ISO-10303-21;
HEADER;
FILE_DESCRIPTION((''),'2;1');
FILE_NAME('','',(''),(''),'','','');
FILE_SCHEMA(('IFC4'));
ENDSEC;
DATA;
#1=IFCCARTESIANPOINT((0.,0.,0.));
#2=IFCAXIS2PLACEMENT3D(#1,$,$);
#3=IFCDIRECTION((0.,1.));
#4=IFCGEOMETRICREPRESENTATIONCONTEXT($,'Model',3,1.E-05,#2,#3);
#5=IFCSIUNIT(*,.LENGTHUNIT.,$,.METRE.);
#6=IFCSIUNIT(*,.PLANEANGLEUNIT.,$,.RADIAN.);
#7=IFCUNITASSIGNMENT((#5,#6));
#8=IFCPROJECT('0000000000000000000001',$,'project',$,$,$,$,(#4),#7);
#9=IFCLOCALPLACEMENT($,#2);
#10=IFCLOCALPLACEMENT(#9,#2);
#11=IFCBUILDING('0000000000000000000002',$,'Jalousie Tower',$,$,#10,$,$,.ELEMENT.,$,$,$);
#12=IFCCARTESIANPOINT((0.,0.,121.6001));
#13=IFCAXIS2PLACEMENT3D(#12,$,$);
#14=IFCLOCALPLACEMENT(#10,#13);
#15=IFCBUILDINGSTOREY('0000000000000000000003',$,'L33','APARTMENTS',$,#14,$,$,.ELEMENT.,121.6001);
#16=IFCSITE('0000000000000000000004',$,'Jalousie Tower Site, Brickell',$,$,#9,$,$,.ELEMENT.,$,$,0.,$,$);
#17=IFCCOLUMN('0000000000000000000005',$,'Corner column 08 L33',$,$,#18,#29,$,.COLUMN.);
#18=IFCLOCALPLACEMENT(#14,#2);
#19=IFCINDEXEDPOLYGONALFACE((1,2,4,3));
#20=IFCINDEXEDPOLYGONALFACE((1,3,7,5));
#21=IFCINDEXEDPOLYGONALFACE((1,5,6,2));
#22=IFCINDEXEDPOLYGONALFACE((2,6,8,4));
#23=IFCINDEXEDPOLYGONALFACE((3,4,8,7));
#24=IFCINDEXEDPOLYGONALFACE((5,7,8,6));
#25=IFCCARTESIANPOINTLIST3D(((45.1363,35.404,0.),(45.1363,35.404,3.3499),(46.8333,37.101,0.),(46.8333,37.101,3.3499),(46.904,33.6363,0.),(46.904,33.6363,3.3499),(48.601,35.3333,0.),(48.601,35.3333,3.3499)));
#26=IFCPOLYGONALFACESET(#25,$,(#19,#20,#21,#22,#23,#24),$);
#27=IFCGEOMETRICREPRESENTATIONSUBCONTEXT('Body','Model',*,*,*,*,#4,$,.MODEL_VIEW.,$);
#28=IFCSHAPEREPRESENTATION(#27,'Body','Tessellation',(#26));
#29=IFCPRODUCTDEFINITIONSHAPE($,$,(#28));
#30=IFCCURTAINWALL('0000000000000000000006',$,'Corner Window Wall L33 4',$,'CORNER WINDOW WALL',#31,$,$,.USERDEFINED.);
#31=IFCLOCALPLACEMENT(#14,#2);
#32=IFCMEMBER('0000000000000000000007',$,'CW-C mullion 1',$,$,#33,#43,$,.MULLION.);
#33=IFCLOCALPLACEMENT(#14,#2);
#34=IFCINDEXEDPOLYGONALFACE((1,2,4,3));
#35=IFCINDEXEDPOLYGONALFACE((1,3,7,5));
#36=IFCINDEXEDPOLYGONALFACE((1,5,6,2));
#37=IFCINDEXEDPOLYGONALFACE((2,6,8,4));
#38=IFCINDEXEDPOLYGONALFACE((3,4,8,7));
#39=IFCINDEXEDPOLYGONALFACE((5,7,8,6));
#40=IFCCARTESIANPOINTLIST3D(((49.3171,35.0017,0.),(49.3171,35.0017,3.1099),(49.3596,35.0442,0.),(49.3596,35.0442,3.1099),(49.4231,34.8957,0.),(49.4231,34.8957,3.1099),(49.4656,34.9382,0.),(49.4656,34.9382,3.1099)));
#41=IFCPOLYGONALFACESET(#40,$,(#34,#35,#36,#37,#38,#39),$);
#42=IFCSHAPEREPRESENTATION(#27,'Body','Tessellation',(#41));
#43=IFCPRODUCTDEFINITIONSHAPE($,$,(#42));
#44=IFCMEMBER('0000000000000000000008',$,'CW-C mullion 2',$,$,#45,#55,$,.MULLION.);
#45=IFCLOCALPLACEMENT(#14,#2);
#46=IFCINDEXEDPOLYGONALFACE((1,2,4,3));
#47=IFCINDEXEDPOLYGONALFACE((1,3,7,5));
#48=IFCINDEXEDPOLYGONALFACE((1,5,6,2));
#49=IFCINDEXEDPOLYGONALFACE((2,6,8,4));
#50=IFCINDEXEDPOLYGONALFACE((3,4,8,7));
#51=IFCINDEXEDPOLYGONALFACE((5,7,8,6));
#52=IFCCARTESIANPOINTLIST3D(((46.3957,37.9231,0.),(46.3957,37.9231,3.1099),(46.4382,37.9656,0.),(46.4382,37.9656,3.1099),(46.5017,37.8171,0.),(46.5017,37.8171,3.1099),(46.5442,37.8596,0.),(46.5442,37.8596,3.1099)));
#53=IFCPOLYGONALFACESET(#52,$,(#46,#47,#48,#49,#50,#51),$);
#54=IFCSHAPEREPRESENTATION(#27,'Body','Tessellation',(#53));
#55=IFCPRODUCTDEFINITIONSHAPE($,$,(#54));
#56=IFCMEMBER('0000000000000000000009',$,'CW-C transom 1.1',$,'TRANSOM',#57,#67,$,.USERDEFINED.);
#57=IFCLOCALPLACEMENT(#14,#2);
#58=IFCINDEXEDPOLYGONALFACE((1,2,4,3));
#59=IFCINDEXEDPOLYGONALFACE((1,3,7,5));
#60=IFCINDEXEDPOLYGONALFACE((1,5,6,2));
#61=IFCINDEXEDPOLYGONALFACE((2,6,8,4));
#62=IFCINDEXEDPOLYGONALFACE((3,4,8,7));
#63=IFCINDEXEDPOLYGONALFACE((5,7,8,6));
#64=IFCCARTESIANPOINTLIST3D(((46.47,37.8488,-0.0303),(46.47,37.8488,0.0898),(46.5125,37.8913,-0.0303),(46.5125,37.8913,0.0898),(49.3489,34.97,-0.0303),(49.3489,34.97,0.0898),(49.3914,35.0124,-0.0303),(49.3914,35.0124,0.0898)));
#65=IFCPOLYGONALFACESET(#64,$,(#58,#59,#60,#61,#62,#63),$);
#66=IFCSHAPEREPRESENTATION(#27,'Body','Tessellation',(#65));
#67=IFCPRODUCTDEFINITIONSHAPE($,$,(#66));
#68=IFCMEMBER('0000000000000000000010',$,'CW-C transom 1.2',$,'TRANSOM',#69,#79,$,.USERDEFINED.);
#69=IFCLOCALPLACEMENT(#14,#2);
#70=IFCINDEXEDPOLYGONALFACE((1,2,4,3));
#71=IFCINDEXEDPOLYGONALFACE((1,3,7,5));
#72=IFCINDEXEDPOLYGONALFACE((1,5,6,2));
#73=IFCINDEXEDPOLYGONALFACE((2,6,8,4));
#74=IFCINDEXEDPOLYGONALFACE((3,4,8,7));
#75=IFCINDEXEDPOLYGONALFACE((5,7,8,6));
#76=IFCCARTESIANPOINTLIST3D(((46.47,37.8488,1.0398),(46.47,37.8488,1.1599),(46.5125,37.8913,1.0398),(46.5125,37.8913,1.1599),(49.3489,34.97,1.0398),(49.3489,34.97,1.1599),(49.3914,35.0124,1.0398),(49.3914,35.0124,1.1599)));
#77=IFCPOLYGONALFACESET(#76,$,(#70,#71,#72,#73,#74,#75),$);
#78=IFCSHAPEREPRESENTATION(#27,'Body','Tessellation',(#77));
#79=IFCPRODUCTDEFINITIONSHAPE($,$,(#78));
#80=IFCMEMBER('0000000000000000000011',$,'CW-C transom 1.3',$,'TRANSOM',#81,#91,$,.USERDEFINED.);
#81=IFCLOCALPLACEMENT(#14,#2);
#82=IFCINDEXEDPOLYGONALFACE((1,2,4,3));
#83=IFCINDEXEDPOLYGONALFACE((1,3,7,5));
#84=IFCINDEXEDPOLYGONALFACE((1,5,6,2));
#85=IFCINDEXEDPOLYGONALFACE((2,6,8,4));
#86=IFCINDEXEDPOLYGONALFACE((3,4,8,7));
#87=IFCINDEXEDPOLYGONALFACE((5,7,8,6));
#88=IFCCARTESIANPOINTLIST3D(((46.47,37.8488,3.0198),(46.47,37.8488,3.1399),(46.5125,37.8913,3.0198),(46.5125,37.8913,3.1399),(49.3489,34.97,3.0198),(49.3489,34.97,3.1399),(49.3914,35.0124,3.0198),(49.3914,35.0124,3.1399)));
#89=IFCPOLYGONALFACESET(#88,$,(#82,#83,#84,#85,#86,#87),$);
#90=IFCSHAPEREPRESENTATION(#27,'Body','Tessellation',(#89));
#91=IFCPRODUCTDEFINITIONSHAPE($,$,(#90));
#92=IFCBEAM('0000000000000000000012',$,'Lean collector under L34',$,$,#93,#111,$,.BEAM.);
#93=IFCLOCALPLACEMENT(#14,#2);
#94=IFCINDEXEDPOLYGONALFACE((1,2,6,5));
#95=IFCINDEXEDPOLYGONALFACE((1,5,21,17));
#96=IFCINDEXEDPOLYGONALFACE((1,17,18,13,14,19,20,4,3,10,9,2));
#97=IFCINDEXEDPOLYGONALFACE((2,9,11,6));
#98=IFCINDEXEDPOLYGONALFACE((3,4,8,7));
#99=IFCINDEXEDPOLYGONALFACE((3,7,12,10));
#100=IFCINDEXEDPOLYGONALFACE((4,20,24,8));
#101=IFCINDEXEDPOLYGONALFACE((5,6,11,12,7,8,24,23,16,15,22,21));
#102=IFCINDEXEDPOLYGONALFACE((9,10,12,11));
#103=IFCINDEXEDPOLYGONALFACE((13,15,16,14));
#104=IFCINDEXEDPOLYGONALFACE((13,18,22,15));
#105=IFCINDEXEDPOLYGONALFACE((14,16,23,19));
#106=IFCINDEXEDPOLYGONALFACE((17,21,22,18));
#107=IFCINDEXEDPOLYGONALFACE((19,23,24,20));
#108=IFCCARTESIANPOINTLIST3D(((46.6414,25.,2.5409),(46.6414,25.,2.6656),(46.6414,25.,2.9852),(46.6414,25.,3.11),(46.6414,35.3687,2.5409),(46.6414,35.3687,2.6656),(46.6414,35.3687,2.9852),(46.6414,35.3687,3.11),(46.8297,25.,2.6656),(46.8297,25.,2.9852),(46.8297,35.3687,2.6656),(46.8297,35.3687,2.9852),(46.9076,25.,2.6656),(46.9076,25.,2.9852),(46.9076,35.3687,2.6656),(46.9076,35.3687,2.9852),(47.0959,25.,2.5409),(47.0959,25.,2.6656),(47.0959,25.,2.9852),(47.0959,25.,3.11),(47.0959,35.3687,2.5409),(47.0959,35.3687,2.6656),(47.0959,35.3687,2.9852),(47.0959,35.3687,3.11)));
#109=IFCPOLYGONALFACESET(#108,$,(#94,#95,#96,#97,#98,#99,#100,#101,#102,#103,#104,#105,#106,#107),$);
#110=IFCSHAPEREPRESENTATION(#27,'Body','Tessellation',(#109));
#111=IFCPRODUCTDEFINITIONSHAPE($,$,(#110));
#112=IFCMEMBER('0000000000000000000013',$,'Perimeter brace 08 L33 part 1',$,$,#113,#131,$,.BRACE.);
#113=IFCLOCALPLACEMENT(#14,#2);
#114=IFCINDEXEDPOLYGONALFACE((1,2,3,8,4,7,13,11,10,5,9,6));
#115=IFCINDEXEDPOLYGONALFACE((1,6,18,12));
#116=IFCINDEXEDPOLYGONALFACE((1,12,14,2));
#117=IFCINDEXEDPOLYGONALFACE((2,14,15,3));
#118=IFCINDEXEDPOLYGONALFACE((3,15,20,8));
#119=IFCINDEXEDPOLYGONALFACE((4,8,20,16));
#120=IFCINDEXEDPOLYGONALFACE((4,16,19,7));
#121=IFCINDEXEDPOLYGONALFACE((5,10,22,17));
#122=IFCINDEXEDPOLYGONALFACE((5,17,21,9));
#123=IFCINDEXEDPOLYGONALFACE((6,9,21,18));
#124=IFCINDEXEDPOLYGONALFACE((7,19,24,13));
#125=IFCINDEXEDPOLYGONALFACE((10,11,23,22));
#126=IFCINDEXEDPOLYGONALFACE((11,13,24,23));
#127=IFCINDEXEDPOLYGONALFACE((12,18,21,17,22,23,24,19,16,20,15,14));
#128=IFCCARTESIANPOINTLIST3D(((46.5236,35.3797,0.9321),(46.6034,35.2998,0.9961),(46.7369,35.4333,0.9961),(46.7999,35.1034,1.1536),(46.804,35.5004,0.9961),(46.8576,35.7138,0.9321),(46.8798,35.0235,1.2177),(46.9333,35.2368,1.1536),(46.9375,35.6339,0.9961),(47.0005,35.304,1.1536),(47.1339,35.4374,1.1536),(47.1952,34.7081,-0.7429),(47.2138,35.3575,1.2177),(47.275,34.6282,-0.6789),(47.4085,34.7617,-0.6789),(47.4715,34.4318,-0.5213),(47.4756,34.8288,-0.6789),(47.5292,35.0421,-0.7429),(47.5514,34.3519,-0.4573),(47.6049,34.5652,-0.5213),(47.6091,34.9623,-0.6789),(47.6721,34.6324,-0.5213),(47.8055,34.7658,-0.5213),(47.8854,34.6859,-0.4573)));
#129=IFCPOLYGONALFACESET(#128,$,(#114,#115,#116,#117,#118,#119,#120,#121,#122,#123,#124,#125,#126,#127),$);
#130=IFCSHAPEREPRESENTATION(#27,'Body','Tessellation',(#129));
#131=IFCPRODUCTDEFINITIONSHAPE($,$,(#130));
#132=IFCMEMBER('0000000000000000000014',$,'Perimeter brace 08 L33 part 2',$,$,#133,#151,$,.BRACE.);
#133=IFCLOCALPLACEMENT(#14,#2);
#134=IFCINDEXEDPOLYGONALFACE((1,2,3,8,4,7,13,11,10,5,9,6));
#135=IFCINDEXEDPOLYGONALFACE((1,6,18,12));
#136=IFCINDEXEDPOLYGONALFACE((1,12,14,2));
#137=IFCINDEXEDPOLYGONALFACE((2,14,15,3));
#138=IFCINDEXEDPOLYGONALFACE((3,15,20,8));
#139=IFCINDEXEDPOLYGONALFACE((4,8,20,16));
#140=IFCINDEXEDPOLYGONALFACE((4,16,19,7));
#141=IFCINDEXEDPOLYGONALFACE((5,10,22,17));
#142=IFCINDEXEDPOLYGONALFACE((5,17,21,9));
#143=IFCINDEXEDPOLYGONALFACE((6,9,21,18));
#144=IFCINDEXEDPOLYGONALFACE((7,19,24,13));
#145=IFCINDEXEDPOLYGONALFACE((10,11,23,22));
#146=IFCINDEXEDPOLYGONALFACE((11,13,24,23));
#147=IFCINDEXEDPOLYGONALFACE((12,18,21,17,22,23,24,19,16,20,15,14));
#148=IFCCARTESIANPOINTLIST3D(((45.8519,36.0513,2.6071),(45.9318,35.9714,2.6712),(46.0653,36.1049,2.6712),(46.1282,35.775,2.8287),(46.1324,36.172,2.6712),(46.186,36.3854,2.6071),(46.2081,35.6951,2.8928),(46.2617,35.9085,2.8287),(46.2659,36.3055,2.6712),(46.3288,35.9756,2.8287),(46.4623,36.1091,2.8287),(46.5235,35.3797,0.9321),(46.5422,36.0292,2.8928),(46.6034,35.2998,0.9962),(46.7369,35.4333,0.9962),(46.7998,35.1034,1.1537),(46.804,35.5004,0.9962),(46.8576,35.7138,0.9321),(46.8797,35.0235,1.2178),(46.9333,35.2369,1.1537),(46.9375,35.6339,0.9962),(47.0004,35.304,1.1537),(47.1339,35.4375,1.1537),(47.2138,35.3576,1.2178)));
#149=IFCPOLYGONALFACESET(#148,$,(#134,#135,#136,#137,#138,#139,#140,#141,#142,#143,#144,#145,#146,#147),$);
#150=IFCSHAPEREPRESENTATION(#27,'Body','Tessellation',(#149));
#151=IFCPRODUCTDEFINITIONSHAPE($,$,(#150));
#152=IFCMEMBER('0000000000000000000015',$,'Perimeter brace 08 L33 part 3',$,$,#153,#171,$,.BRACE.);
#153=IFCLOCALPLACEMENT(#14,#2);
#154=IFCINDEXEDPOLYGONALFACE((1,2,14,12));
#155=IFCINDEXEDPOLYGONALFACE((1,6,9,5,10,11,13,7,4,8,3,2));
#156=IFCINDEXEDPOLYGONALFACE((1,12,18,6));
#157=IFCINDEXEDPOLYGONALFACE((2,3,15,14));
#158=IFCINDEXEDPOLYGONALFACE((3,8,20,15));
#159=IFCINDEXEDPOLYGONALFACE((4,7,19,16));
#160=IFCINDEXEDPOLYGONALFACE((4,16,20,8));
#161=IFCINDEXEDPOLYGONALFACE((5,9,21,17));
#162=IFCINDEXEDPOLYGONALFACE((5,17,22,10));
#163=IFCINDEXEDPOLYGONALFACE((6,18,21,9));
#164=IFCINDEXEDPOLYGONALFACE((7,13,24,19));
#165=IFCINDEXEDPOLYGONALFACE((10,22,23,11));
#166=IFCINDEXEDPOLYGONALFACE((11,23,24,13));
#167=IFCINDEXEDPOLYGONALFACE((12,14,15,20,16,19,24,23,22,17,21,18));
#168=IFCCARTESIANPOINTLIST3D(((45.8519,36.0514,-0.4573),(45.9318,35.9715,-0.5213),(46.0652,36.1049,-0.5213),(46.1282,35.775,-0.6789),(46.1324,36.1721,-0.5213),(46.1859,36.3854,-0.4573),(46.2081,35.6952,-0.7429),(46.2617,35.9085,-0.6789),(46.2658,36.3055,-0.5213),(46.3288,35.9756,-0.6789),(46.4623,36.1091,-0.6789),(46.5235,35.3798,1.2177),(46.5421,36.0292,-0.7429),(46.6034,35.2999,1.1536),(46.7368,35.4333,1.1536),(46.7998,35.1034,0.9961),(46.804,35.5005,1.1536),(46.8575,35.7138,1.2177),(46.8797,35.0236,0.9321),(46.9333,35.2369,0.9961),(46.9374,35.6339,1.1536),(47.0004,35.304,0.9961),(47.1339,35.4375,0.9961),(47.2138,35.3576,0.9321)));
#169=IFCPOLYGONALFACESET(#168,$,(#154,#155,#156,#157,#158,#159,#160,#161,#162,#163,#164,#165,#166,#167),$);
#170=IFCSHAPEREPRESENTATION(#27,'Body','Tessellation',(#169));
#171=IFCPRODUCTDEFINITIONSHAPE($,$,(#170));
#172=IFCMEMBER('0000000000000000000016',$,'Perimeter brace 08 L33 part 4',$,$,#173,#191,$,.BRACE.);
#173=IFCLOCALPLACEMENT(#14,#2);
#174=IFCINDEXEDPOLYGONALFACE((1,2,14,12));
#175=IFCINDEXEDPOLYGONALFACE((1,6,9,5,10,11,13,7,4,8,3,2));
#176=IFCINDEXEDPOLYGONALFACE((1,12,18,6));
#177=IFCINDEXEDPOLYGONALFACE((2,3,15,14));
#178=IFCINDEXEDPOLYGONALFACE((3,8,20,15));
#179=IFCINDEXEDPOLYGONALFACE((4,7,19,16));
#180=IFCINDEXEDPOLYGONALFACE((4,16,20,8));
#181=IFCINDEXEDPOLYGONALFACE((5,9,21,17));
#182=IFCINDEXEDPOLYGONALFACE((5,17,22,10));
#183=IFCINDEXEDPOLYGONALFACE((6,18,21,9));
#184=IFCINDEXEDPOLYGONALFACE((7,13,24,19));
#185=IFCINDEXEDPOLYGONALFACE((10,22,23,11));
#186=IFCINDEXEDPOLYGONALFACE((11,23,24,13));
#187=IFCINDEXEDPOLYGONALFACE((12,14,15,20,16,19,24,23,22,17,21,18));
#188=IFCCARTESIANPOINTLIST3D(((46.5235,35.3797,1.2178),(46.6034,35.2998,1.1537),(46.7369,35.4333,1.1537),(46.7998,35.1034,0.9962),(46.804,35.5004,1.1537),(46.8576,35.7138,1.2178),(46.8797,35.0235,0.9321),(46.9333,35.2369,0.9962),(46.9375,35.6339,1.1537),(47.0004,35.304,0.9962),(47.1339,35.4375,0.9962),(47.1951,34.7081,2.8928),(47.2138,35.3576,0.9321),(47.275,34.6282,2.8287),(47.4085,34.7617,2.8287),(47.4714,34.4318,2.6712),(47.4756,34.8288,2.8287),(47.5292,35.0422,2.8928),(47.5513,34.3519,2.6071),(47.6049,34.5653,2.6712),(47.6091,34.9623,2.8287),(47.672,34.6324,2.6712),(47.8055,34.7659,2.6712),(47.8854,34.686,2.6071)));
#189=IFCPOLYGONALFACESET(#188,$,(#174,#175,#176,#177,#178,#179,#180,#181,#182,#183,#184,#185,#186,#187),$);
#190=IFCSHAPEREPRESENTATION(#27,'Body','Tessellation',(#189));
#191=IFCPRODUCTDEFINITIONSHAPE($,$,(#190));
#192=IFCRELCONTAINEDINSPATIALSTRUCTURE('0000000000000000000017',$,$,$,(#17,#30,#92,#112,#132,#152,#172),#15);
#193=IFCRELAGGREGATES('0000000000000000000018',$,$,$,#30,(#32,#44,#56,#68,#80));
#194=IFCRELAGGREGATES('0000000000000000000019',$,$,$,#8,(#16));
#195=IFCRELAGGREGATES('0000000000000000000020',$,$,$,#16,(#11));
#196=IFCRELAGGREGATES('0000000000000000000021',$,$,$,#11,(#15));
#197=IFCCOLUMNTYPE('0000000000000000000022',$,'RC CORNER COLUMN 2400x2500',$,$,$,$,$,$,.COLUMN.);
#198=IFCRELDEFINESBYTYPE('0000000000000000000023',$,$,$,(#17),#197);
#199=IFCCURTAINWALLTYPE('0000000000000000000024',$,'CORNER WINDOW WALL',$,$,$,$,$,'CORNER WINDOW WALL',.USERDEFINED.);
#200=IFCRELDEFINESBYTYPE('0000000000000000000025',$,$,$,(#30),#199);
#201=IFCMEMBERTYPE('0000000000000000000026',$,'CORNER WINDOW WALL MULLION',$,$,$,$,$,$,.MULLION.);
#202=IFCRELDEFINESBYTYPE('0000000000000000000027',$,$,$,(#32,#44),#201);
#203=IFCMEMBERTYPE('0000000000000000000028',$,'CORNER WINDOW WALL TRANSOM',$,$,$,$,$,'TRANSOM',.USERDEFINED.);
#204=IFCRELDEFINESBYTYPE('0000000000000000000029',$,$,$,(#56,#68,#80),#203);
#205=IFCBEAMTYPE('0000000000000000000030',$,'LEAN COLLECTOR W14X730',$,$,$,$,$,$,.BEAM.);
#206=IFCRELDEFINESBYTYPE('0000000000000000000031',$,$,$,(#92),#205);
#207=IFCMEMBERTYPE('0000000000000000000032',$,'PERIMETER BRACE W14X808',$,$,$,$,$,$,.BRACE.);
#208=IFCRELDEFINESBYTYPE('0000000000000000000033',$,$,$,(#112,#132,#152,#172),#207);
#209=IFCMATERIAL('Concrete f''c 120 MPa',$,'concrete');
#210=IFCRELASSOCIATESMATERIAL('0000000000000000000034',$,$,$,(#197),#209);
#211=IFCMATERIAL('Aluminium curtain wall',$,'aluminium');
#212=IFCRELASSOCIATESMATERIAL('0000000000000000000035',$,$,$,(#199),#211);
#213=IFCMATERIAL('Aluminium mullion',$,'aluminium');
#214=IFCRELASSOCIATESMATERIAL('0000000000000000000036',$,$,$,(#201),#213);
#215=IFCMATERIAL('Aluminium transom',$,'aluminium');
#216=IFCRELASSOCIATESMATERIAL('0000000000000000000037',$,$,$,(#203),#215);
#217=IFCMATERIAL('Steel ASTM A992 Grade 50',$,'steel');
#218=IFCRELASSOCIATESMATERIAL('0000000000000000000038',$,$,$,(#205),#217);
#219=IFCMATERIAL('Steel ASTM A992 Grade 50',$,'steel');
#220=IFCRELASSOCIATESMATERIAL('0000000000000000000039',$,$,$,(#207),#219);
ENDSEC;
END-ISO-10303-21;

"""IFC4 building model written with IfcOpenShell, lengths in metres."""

from ifc_helpers import new_model, si_unit, direction, frame, origin, origin_2d, place, context, subcontext, project, spatial, rectangle, i_section, extrude, material, material_profile, profile_set, type_object, element, aggregate, save


model = new_model("IFC4")

# Units and contexts
model_context = context("Model", 3, precision=1e-05, world=origin(), true_north=direction((0.0, 1.0)))
body_context = subcontext(model_context, "Body", "Model", "MODEL_VIEW")
ifc_project = project(units=[si_unit("LENGTHUNIT", "METRE"), si_unit("PLANEANGLEUNIT", "RADIAN")], contexts=[model_context])

# Site, building, storey
site_placement = place(None, origin())
site = spatial("IfcSite", under=ifc_project, at=site_placement, Name="Jalousie Tower Site, Brickell", CompositionType="ELEMENT", RefElevation=0.0)
building_placement = place(site_placement, origin())
building = spatial("IfcBuilding", under=site, at=building_placement, Name="Jalousie Tower", CompositionType="ELEMENT")
storey_placement = place(building_placement, frame((0.0, 0.0, 121.6001)))
storey = spatial("IfcBuildingStorey", under=building, at=storey_placement, Name="L33", Description="APARTMENTS", CompositionType="ELEMENT", Elevation=121.6001)

# Column
ifc_material_1 = material(Name="Concrete f'c 120 MPa", Category="concrete")
ifc_material_profile_1 = material_profile(ifc_material_1, rectangle(XDim=2.3999, YDim=2.5, at=origin_2d()), Name="RC 2400x2500")
ifc_profile_set_1 = profile_set([ifc_material_profile_1], Name="Concrete f'c 120 MPa")
column_type = type_object("IfcColumnType", Name="RC CORNER COLUMN 2400x2500", PredefinedType="COLUMN", material=ifc_profile_set_1)
column_placement = place(storey_placement, frame((46.8687, 35.3687, 0.0), z_axis=(0.0, 0.0, 1.0), x_axis=(-0.707107, -0.707107, 0.0)))
element("IfcColumn", 1, at=column_placement, inside=storey, type_object=column_type, Name="Corner column 08 L33", PredefinedType="COLUMN", context=body_context, shape_type="SweptSolid", body=[
    extrude(rectangle(XDim=2.3999, YDim=2.5, at=origin_2d()), origin(), (0.0, 0.0, 1.0), 3.3499),
])

# Curtain wall, members
ifc_material_2 = material(Name="Aluminium curtain wall", Category="aluminium")
curtain_wall_type_1 = type_object("IfcCurtainWallType", Name="CORNER WINDOW WALL", ElementType="CORNER WINDOW WALL", PredefinedType="USERDEFINED", material=ifc_material_2)
curtain_wall_1_placement = place(storey_placement, origin())
curtain_wall_1 = element("IfcCurtainWall", 2, at=curtain_wall_1_placement, inside=storey, type_object=curtain_wall_type_1, Name="Corner Window Wall L33 4", ObjectType="CORNER WINDOW WALL", PredefinedType="USERDEFINED")
ifc_material_3 = material(Name="Aluminium mullion", Category="aluminium")
ifc_material_profile_2 = material_profile(ifc_material_3, rectangle(XDim=0.0601, YDim=0.1499, at=origin_2d()), Name="MULLION 60x150")
ifc_profile_set_2 = profile_set([ifc_material_profile_2], Name="Aluminium mullion")
member_type_1 = type_object("IfcMemberType", Name="CORNER WINDOW WALL MULLION", PredefinedType="MULLION", material=ifc_profile_set_2)
member_1_placement = place(storey_placement, frame((49.3914, 34.97, 0.0), z_axis=(0.0, 0.0, 1.0), x_axis=(-0.707107, -0.707107, 0.0)))
member_1 = element("IfcMember", 3, at=member_1_placement, type_object=member_type_1, Name="CW-C mullion 1", PredefinedType="MULLION", context=body_context, shape_type="SweptSolid", body=[
    extrude(rectangle(XDim=0.0601, YDim=0.1499, at=origin_2d()), origin(), (0.0, 0.0, 1.0), 3.1099),
])
member_2_placement = place(storey_placement, frame((46.47, 37.8914, 0.0), z_axis=(0.0, 0.0, 1.0), x_axis=(-0.707107, -0.707107, 0.0)))
member_2 = element("IfcMember", 4, at=member_2_placement, type_object=member_type_1, Name="CW-C mullion 2", PredefinedType="MULLION", context=body_context, shape_type="SweptSolid", body=[
    extrude(rectangle(XDim=0.0601, YDim=0.1499, at=origin_2d()), origin(), (0.0, 0.0, 1.0), 3.1099),
])
ifc_material_4 = material(Name="Aluminium transom", Category="aluminium")
ifc_material_profile_3 = material_profile(ifc_material_4, rectangle(XDim=0.0601, YDim=0.1201, at=origin_2d()), Name="TRANSOM 60x120")
ifc_profile_set_3 = profile_set([ifc_material_profile_3], Name="Aluminium transom")
member_type_2 = type_object("IfcMemberType", Name="CORNER WINDOW WALL TRANSOM", ElementType="TRANSOM", PredefinedType="USERDEFINED", material=ifc_profile_set_3)
member_3_placement = place(storey_placement, frame((49.3701, 34.9912, 0.0298), z_axis=(-0.707107, 0.707107, 0.0), x_axis=(-0.707107, -0.707107, 0.0)))
member_3 = element("IfcMember", 5, at=member_3_placement, type_object=member_type_2, Name="CW-C transom 1.1", ObjectType="TRANSOM", PredefinedType="USERDEFINED", context=body_context, shape_type="SweptSolid", body=[
    extrude(rectangle(XDim=0.0601, YDim=0.1201, at=origin_2d()), origin(), (0.0, 0.0, 1.0), 4.0713),
])
member_4_placement = place(storey_placement, frame((49.3701, 34.9912, 1.0999), z_axis=(-0.707107, 0.707107, 0.0), x_axis=(-0.707107, -0.707107, 0.0)))
member_4 = element("IfcMember", 6, at=member_4_placement, type_object=member_type_2, Name="CW-C transom 1.2", ObjectType="TRANSOM", PredefinedType="USERDEFINED", context=body_context, shape_type="SweptSolid", body=[
    extrude(rectangle(XDim=0.0601, YDim=0.1201, at=origin_2d()), origin(), (0.0, 0.0, 1.0), 4.0713),
])
member_5_placement = place(storey_placement, frame((49.3701, 34.9912, 3.0798), z_axis=(-0.707107, 0.707107, 0.0), x_axis=(-0.707107, -0.707107, 0.0)))
member_5 = element("IfcMember", 7, at=member_5_placement, type_object=member_type_2, Name="CW-C transom 1.3", ObjectType="TRANSOM", PredefinedType="USERDEFINED", context=body_context, shape_type="SweptSolid", body=[
    extrude(rectangle(XDim=0.0601, YDim=0.1201, at=origin_2d()), origin(), (0.0, 0.0, 1.0), 4.0713),
])

# Beam
ifc_material_5 = material(Name="Steel ASTM A992 Grade 50", Category="steel")
ifc_material_profile_4 = material_profile(ifc_material_5, i_section(OverallWidth=0.4546, OverallDepth=0.5691, WebThickness=0.0779, FlangeThickness=0.1248, at=origin_2d()), Name="W14X730")
ifc_profile_set_4 = profile_set([ifc_material_profile_4], Name="Steel ASTM A992 Grade 50")
beam_type_1 = type_object("IfcBeamType", Name="LEAN COLLECTOR W14X730", PredefinedType="BEAM", material=ifc_profile_set_4)
beam_1_placement = place(storey_placement, frame((46.8687, 35.3687, 2.8254), z_axis=(0.0, -1.0, 0.0), x_axis=(1.0, 0.0, 0.0)))
element("IfcBeam", 8, at=beam_1_placement, inside=storey, type_object=beam_type_1, Name="Lean collector under L34", PredefinedType="BEAM", context=body_context, shape_type="SweptSolid", body=[
    extrude(i_section(OverallWidth=0.4546, OverallDepth=0.5691, WebThickness=0.0779, FlangeThickness=0.1248, at=origin_2d()), origin(), (0.0, 0.0, 1.0), 10.3687),
])

# Members
ifc_material_6 = material(Name="Steel ASTM A992 Grade 50", Category="steel")
ifc_material_profile_5 = material_profile(ifc_material_6, i_section(OverallWidth=0.4724, OverallDepth=0.5791, WebThickness=0.095, FlangeThickness=0.1299, at=origin_2d()), Name="W14X808")
ifc_profile_set_5 = profile_set([ifc_material_profile_5], Name="Steel ASTM A992 Grade 50")
member_type_3 = type_object("IfcMemberType", Name="PERIMETER BRACE W14X808", PredefinedType="BRACE", material=ifc_profile_set_5)
for number, where, z_axis, x_axis, name in (
    (9, (47.5403, 34.697, -0.6001), (-0.348789, 0.348789, 0.869881), (-0.707107, -0.707107, 0.0), "Perimeter brace 08 L33 part 1"),
    (10, (46.8687, 35.3687, 1.075), (-0.348789, 0.348789, 0.869881), (-0.707107, -0.707107, 0.0), "Perimeter brace 08 L33 part 2"),
    (11, (46.197, 36.0403, -0.6001), (0.348789, -0.348789, 0.869881), (0.707107, 0.707107, 0.0), "Perimeter brace 08 L33 part 3"),
    (12, (46.8687, 35.3687, 1.075), (0.348789, -0.348789, 0.869881), (0.707107, 0.707107, 0.0), "Perimeter brace 08 L33 part 4"),
):
    element("IfcMember", number, at=place(storey_placement, frame(where, z_axis=z_axis, x_axis=x_axis)), inside=storey, type_object=member_type_3, Name=name, PredefinedType="BRACE", context=body_context, shape_type="SweptSolid", body=[
        extrude(i_section(OverallWidth=0.4724, OverallDepth=0.5791, WebThickness=0.095, FlangeThickness=0.1299, at=origin_2d()), origin(), (0.0, 0.0, 1.0), 1.9255),
    ])

aggregate(curtain_wall_1, [member_1, member_2, member_3, member_4, member_5])

save(model, "model.ifc")
